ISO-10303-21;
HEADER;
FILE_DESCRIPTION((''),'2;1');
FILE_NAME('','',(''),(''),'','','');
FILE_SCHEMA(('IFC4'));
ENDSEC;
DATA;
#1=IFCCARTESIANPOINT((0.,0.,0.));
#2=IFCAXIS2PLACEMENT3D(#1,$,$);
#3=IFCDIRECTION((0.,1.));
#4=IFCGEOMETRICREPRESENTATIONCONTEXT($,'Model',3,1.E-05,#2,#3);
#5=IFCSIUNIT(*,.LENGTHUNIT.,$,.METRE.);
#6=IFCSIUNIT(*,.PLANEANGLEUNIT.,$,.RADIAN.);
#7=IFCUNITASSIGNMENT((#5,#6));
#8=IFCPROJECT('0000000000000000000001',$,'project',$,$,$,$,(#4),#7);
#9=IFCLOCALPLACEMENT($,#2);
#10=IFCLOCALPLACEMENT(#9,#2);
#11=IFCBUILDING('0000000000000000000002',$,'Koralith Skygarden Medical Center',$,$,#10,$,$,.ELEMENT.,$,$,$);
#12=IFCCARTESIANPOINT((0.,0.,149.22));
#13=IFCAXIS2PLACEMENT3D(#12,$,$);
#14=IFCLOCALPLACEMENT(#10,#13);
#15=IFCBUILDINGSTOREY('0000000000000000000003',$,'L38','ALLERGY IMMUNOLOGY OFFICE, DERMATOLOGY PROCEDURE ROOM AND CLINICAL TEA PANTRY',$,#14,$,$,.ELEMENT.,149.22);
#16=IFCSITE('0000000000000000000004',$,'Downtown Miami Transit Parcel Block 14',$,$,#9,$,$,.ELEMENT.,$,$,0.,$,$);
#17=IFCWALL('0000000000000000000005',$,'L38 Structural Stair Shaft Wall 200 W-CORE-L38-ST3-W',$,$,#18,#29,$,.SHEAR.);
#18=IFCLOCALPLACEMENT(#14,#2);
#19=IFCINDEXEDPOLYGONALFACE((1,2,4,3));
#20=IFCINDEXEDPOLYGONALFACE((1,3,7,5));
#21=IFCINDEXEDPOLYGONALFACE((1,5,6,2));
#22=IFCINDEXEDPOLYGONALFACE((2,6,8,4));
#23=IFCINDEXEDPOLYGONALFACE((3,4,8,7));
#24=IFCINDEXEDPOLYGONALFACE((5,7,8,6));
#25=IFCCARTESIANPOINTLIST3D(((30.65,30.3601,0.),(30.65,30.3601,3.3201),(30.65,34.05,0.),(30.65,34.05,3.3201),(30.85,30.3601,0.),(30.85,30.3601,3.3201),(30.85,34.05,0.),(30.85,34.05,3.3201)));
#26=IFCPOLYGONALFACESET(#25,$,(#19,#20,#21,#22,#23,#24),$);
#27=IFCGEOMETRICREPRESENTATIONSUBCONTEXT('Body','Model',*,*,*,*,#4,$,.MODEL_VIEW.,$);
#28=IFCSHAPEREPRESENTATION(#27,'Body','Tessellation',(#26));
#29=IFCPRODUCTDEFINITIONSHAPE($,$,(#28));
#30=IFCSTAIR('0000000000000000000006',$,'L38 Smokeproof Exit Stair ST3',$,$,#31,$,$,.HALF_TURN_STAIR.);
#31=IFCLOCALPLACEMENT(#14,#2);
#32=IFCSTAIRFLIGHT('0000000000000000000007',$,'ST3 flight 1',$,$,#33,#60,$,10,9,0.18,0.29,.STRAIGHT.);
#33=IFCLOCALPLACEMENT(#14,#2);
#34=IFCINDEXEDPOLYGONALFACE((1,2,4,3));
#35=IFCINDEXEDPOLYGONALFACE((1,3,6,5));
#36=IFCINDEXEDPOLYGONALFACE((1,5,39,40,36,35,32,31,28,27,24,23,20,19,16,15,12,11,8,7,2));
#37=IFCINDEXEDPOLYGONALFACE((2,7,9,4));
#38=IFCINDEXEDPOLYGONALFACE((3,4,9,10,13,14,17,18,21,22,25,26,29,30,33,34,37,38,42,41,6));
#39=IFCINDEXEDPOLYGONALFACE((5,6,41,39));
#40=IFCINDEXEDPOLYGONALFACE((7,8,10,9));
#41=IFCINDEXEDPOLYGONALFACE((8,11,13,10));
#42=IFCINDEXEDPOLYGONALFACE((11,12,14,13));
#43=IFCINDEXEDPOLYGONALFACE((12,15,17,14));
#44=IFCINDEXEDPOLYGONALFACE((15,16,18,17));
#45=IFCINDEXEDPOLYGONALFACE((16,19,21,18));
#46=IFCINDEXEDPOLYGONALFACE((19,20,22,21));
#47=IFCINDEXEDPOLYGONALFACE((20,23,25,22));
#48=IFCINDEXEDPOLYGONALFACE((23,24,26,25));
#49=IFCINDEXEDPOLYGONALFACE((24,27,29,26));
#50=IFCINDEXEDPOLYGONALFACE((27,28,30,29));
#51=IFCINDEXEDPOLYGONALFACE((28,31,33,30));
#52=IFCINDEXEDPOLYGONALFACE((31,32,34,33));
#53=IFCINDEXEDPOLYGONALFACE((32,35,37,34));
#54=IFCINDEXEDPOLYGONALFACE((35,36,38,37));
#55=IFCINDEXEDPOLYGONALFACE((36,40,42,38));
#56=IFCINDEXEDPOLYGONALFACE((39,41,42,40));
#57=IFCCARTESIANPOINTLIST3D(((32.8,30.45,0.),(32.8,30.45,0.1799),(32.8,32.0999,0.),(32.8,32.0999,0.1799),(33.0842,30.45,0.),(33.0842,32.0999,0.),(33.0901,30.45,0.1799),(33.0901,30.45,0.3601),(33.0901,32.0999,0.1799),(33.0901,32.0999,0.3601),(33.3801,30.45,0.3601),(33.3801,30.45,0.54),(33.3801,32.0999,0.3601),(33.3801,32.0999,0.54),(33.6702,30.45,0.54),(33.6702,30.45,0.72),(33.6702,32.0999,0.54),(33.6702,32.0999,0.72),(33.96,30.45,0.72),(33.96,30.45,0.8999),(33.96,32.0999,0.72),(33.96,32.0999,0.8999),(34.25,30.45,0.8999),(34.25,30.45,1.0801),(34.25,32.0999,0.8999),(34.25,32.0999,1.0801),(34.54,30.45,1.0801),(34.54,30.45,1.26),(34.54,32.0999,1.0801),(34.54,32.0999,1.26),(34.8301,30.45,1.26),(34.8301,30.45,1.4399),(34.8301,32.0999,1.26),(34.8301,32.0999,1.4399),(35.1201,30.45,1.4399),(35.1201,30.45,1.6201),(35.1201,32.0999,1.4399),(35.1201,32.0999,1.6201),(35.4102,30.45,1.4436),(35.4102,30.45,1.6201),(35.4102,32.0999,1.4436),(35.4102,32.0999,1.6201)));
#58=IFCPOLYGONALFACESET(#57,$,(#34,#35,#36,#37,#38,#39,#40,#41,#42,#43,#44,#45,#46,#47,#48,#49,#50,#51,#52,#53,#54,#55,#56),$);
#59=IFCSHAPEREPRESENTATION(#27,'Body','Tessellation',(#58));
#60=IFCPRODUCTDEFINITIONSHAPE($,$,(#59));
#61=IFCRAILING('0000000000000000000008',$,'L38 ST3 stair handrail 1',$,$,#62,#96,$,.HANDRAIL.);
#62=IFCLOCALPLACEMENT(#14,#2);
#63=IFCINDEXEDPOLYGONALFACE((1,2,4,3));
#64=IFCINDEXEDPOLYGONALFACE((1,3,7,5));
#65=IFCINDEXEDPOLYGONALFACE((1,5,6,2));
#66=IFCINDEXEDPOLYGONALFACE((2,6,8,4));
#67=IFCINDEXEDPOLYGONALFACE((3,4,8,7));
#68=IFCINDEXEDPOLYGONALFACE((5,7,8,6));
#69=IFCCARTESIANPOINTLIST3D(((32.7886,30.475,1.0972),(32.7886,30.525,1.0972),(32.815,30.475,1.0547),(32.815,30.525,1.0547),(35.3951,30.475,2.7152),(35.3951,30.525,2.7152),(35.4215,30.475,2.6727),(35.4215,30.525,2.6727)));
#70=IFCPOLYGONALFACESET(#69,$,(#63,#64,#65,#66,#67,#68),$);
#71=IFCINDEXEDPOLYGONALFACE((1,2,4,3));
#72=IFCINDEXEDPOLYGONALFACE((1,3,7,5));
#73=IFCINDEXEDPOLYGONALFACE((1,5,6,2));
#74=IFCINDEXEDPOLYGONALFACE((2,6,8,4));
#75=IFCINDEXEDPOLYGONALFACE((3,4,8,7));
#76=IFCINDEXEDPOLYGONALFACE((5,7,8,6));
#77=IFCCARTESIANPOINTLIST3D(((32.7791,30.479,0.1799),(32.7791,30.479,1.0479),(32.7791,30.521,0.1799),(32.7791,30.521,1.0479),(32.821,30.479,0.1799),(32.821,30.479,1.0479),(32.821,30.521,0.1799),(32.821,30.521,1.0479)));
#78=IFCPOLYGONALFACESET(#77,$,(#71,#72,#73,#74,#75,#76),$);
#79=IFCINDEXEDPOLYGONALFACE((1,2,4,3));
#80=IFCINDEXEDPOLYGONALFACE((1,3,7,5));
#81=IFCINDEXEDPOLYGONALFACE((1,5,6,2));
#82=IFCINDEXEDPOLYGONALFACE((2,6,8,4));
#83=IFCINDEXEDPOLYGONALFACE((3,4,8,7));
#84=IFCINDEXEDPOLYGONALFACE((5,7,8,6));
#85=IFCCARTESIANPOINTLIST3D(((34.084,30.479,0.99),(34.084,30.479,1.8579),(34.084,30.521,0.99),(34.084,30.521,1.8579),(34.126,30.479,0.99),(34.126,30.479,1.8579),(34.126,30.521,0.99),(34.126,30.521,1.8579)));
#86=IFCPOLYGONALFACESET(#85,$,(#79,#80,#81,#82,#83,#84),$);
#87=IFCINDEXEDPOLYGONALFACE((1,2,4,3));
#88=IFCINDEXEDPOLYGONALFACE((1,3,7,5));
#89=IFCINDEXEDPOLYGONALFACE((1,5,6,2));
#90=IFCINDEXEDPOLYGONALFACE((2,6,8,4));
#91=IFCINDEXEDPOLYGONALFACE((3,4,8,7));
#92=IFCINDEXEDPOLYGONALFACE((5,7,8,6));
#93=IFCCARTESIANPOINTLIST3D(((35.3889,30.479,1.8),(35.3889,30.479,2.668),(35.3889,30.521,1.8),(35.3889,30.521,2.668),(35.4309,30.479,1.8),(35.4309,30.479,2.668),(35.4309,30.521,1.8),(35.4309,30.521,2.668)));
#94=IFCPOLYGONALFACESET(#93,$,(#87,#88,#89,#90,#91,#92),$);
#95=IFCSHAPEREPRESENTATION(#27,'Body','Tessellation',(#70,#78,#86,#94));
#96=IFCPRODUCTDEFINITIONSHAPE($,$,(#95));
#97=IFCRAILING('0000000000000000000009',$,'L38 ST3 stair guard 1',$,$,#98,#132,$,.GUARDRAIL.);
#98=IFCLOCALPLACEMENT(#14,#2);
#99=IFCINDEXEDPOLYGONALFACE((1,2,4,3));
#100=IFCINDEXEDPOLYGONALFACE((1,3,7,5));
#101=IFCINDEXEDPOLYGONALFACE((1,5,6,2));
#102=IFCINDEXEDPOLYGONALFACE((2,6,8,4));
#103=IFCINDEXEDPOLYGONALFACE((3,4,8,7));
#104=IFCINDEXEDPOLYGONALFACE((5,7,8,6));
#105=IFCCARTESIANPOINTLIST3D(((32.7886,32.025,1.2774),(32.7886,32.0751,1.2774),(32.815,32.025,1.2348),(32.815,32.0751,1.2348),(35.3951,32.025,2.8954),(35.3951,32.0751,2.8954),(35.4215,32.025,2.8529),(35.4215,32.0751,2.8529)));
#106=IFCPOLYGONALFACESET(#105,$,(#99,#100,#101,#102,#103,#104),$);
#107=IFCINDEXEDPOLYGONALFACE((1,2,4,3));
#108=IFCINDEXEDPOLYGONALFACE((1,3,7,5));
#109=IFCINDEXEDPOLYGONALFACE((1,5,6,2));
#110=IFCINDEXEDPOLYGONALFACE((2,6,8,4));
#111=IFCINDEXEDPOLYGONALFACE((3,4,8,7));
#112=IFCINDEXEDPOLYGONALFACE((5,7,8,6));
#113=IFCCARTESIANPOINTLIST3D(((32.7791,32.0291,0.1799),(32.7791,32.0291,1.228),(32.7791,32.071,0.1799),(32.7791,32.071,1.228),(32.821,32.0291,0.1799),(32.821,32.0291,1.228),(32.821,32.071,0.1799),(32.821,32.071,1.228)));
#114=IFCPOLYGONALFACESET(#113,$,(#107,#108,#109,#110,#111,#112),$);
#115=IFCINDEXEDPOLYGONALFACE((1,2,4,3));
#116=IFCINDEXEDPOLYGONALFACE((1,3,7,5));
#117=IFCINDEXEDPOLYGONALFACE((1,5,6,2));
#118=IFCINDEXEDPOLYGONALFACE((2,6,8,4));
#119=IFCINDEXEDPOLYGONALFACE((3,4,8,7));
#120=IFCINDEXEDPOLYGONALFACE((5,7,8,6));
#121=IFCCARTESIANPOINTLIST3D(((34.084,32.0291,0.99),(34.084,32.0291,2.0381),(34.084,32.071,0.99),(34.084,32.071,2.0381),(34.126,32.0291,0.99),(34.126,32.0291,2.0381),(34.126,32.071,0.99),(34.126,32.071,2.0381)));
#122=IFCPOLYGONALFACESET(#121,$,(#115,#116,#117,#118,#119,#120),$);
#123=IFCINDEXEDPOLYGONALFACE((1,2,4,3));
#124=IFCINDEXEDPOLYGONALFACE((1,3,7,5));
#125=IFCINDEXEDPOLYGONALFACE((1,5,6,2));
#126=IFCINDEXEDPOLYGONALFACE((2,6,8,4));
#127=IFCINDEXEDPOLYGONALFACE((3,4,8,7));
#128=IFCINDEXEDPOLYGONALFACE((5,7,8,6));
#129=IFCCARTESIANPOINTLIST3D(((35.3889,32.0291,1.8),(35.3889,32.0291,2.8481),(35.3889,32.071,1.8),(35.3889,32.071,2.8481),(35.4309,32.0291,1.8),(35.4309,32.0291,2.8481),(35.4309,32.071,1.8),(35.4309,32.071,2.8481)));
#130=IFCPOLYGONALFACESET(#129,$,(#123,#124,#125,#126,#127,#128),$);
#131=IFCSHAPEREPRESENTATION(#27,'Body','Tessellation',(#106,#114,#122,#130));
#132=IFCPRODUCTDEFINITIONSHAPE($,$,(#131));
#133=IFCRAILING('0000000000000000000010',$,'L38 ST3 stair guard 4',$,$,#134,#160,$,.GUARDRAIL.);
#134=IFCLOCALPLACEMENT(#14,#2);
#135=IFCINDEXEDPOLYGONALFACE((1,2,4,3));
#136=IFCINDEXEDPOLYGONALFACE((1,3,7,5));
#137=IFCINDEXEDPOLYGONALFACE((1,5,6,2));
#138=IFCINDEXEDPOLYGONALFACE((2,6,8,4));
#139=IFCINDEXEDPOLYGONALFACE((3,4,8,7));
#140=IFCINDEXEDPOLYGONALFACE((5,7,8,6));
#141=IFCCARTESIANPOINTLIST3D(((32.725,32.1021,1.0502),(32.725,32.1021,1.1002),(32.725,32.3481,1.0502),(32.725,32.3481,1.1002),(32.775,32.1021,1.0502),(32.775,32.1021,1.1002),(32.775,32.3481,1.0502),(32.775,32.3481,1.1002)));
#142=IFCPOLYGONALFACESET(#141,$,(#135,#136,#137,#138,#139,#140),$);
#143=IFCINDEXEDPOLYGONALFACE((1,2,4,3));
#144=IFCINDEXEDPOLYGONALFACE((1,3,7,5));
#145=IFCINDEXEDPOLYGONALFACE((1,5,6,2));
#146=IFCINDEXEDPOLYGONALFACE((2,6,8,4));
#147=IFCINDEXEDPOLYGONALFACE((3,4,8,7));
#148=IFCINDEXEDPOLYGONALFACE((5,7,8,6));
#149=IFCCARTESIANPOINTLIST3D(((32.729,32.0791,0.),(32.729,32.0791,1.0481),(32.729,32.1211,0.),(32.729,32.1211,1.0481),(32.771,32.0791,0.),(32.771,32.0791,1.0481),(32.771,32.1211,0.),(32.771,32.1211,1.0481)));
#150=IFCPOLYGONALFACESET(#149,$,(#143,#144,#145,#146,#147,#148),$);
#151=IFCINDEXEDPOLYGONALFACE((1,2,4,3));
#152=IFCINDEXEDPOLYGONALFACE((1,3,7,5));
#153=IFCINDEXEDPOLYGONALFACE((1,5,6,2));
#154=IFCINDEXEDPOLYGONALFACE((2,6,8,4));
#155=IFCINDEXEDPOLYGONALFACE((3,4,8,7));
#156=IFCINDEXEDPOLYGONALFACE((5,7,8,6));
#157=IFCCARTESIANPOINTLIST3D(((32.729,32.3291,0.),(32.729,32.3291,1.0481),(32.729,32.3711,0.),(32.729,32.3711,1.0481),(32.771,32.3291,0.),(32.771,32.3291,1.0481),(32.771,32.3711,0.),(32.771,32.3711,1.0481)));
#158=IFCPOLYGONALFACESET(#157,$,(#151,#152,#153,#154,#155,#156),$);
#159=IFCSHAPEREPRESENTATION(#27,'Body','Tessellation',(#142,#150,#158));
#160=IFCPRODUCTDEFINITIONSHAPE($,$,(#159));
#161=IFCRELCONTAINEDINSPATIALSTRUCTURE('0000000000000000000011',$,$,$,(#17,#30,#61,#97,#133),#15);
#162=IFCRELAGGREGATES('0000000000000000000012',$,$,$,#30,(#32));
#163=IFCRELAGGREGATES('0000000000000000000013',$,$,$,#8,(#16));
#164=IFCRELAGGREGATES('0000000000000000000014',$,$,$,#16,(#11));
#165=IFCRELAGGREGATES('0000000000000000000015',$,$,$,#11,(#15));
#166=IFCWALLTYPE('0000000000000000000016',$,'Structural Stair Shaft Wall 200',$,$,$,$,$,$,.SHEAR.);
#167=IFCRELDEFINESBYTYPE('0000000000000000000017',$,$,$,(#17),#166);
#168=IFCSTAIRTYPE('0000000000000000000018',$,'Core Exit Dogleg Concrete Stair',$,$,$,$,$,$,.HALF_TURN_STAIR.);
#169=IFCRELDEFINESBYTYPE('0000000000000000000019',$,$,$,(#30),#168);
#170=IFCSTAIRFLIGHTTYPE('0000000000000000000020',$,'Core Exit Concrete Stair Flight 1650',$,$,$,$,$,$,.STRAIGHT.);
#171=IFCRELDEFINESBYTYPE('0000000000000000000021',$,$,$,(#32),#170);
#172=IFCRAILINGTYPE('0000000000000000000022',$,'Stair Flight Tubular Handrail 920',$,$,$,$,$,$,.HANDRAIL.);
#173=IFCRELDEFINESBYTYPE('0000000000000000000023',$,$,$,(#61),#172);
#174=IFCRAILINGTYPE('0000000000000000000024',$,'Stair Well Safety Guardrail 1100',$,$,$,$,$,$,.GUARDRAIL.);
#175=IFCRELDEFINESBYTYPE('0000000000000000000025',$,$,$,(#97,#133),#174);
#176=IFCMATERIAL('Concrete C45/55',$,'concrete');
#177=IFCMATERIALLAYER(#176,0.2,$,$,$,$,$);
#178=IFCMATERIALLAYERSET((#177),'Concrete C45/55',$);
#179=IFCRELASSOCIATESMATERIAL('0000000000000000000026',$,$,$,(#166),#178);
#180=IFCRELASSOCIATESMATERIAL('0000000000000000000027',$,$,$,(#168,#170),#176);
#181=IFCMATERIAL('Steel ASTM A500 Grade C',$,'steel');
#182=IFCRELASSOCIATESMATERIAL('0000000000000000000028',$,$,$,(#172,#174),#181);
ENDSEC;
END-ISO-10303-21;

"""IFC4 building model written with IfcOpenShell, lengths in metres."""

from ifc_helpers import new_model, si_unit, direction, frame, frame_2d, origin, origin_2d, place, context, subcontext, project, spatial, polyline, rectangle, outline, extrude, material, layer, layer_set, type_object, element, aggregate, save


model = new_model("IFC4")

# Units and contexts
model_context = context("Model", 3, precision=1e-05, world=origin(), true_north=direction((0.0, 1.0)))
body_context = subcontext(model_context, "Body", "Model", "MODEL_VIEW")
ifc_project = project(units=[si_unit("LENGTHUNIT", "METRE"), si_unit("PLANEANGLEUNIT", "RADIAN")], contexts=[model_context])

# Site, building, storey
site_placement = place(None, origin())
site = spatial("IfcSite", under=ifc_project, at=site_placement, Name="Downtown Miami Transit Parcel Block 14", CompositionType="ELEMENT", RefElevation=0.0)
building_placement = place(site_placement, origin())
building = spatial("IfcBuilding", under=site, at=building_placement, Name="Koralith Skygarden Medical Center", CompositionType="ELEMENT")
storey_placement = place(building_placement, frame((0.0, 0.0, 149.22)))
storey = spatial("IfcBuildingStorey", under=building, at=storey_placement, Name="L38", Description="ALLERGY IMMUNOLOGY OFFICE, DERMATOLOGY PROCEDURE ROOM AND CLINICAL TEA PANTRY", CompositionType="ELEMENT", Elevation=149.22)

# Shared definitions
ifc_material_1 = material(Name="Concrete C45/55", Category="concrete")

# Wall
ifc_layer_1 = layer(ifc_material_1, 0.2)
ifc_layer_set_1 = layer_set([ifc_layer_1], Name="Concrete C45/55")
wall_type_1 = type_object("IfcWallType", Name="Structural Stair Shaft Wall 200", PredefinedType="SHEAR", material=ifc_layer_set_1)
wall_1_placement = place(storey_placement, frame((30.75, 30.3601, 0.0), z_axis=(0.0, 0.0, 1.0), x_axis=(0.0, 1.0, 0.0)))
element("IfcWall", 1, at=wall_1_placement, inside=storey, type_object=wall_type_1, Name="L38 Structural Stair Shaft Wall 200 W-CORE-L38-ST3-W", PredefinedType="SHEAR", context=body_context, shape_type="SweptSolid", body=[
    extrude(rectangle(XDim=3.6899, YDim=0.2, at=frame_2d((1.845, 0.0))), origin(), (0.0, 0.0, 1.0), 3.3201),
])

# Stair, stair flight
stair_type = type_object("IfcStairType", Name="Core Exit Dogleg Concrete Stair", PredefinedType="HALF_TURN_STAIR", material=ifc_material_1)
stair_placement = place(storey_placement, origin())
stair = element("IfcStair", 2, at=stair_placement, inside=storey, type_object=stair_type, Name="L38 Smokeproof Exit Stair ST3", PredefinedType="HALF_TURN_STAIR")
stair_flight_type = type_object("IfcStairFlightType", Name="Core Exit Concrete Stair Flight 1650", PredefinedType="STRAIGHT", material=ifc_material_1)
stair_flight_placement = place(storey_placement, frame((32.8, 31.2749, 0.0), z_axis=(0.0, 0.0, 1.0), x_axis=(1.0, 0.0, 0.0)))
stair_flight = element("IfcStairFlight", 3, at=stair_flight_placement, type_object=stair_flight_type, Name="ST3 flight 1", NumberOfRisers=10, NumberOfTreads=9, PredefinedType="STRAIGHT", RiserHeight=0.18, TreadLength=0.29, context=body_context, shape_type="SweptSolid", body=[
    extrude(outline(polyline([(0.0, 0.0), (0.0, 0.1799), (0.29, 0.1799), (0.29, 0.3601), (0.5801, 0.3601), (0.5801, 0.54), (0.8701, 0.54), (0.8701, 0.72), (1.1599, 0.72), (1.1599, 0.8999), (1.45, 0.8999), (1.45, 1.0801), (1.74, 1.0801), (1.74, 1.26), (2.03, 1.26), (2.03, 1.4399), (2.3201, 1.4399), (2.3201, 1.6201), (2.6101, 1.6201), (2.6101, 1.8), (2.6101, 1.4436), (0.2842, 0.0), (0.0, 0.0)])), frame((0.0, 0.825, 0.0), z_axis=(0.0, -1.0, 0.0), x_axis=(1.0, 0.0, 0.0)), (0.0, 0.0, 1.0), 1.6499),
])
aggregate(stair, [stair_flight])

# Railings
ifc_material_2 = material(Name="Steel ASTM A500 Grade C", Category="steel")
railing_type_1 = type_object("IfcRailingType", Name="Stair Flight Tubular Handrail 920", PredefinedType="HANDRAIL", material=ifc_material_2)
railing_1_placement = place(storey_placement, frame((32.8, 30.5, 0.1799)))
element("IfcRailing", 4, at=railing_1_placement, inside=storey, type_object=railing_type_1, Name="L38 ST3 stair handrail 1", PredefinedType="HANDRAIL", context=body_context, shape_type="SweptSolid", body=[
    extrude(rectangle(XDim=0.05, YDim=0.05, at=origin_2d()), frame((0.0017, 0.0, 0.896), z_axis=(0.849611, 0.0, 0.52741), x_axis=(0.0, 1.0, 0.0)), (0.0, 0.0, 1.0), 3.0679),
    extrude(rectangle(XDim=0.042, YDim=0.042, at=origin_2d()), origin(), (0.0, 0.0, 1.0), 0.8679),
    extrude(rectangle(XDim=0.042, YDim=0.042, at=origin_2d()), frame((1.3049, 0.0, 0.8101)), (0.0, 0.0, 1.0), 0.8679),
    extrude(rectangle(XDim=0.042, YDim=0.042, at=origin_2d()), frame((2.6099, 0.0, 1.6201)), (0.0, 0.0, 1.0), 0.8679),
])
railing_type_2 = type_object("IfcRailingType", Name="Stair Well Safety Guardrail 1100", PredefinedType="GUARDRAIL", material=ifc_material_2)
railing_2_placement = place(storey_placement, frame((32.8, 32.05, 0.1799)))
element("IfcRailing", 5, at=railing_2_placement, inside=storey, type_object=railing_type_2, Name="L38 ST3 stair guard 1", PredefinedType="GUARDRAIL", context=body_context, shape_type="SweptSolid", body=[
    extrude(rectangle(XDim=0.05, YDim=0.05, at=origin_2d()), frame((0.0017, 0.0, 1.0762), z_axis=(0.849611, 0.0, 0.52741), x_axis=(0.0, 1.0, 0.0)), (0.0, 0.0, 1.0), 3.0679),
    extrude(rectangle(XDim=0.042, YDim=0.042, at=origin_2d()), origin(), (0.0, 0.0, 1.0), 1.0481),
    extrude(rectangle(XDim=0.042, YDim=0.042, at=origin_2d()), frame((1.3049, 0.0, 0.8101)), (0.0, 0.0, 1.0), 1.0481),
    extrude(rectangle(XDim=0.042, YDim=0.042, at=origin_2d()), frame((2.6099, 0.0, 1.6201)), (0.0, 0.0, 1.0), 1.0481),
])
railing_3_placement = place(storey_placement, frame((32.75, 32.1001, 0.0)))
element("IfcRailing", 6, at=railing_3_placement, inside=storey, type_object=railing_type_2, Name="L38 ST3 stair guard 4", PredefinedType="GUARDRAIL", context=body_context, shape_type="SweptSolid", body=[
    extrude(rectangle(XDim=0.05, YDim=0.05, at=origin_2d()), frame((0.0, 0.002, 1.0752), z_axis=(0.0, 1.0, 0.0), x_axis=(-1.0, 0.0, 0.0)), (0.0, 0.0, 1.0), 0.2461),
    extrude(rectangle(XDim=0.042, YDim=0.042, at=origin_2d()), origin(), (0.0, 0.0, 1.0), 1.0481),
    extrude(rectangle(XDim=0.042, YDim=0.042, at=origin_2d()), frame((0.0, 0.25, 0.0)), (0.0, 0.0, 1.0), 1.0481),
])

save(model, "model.ifc")
